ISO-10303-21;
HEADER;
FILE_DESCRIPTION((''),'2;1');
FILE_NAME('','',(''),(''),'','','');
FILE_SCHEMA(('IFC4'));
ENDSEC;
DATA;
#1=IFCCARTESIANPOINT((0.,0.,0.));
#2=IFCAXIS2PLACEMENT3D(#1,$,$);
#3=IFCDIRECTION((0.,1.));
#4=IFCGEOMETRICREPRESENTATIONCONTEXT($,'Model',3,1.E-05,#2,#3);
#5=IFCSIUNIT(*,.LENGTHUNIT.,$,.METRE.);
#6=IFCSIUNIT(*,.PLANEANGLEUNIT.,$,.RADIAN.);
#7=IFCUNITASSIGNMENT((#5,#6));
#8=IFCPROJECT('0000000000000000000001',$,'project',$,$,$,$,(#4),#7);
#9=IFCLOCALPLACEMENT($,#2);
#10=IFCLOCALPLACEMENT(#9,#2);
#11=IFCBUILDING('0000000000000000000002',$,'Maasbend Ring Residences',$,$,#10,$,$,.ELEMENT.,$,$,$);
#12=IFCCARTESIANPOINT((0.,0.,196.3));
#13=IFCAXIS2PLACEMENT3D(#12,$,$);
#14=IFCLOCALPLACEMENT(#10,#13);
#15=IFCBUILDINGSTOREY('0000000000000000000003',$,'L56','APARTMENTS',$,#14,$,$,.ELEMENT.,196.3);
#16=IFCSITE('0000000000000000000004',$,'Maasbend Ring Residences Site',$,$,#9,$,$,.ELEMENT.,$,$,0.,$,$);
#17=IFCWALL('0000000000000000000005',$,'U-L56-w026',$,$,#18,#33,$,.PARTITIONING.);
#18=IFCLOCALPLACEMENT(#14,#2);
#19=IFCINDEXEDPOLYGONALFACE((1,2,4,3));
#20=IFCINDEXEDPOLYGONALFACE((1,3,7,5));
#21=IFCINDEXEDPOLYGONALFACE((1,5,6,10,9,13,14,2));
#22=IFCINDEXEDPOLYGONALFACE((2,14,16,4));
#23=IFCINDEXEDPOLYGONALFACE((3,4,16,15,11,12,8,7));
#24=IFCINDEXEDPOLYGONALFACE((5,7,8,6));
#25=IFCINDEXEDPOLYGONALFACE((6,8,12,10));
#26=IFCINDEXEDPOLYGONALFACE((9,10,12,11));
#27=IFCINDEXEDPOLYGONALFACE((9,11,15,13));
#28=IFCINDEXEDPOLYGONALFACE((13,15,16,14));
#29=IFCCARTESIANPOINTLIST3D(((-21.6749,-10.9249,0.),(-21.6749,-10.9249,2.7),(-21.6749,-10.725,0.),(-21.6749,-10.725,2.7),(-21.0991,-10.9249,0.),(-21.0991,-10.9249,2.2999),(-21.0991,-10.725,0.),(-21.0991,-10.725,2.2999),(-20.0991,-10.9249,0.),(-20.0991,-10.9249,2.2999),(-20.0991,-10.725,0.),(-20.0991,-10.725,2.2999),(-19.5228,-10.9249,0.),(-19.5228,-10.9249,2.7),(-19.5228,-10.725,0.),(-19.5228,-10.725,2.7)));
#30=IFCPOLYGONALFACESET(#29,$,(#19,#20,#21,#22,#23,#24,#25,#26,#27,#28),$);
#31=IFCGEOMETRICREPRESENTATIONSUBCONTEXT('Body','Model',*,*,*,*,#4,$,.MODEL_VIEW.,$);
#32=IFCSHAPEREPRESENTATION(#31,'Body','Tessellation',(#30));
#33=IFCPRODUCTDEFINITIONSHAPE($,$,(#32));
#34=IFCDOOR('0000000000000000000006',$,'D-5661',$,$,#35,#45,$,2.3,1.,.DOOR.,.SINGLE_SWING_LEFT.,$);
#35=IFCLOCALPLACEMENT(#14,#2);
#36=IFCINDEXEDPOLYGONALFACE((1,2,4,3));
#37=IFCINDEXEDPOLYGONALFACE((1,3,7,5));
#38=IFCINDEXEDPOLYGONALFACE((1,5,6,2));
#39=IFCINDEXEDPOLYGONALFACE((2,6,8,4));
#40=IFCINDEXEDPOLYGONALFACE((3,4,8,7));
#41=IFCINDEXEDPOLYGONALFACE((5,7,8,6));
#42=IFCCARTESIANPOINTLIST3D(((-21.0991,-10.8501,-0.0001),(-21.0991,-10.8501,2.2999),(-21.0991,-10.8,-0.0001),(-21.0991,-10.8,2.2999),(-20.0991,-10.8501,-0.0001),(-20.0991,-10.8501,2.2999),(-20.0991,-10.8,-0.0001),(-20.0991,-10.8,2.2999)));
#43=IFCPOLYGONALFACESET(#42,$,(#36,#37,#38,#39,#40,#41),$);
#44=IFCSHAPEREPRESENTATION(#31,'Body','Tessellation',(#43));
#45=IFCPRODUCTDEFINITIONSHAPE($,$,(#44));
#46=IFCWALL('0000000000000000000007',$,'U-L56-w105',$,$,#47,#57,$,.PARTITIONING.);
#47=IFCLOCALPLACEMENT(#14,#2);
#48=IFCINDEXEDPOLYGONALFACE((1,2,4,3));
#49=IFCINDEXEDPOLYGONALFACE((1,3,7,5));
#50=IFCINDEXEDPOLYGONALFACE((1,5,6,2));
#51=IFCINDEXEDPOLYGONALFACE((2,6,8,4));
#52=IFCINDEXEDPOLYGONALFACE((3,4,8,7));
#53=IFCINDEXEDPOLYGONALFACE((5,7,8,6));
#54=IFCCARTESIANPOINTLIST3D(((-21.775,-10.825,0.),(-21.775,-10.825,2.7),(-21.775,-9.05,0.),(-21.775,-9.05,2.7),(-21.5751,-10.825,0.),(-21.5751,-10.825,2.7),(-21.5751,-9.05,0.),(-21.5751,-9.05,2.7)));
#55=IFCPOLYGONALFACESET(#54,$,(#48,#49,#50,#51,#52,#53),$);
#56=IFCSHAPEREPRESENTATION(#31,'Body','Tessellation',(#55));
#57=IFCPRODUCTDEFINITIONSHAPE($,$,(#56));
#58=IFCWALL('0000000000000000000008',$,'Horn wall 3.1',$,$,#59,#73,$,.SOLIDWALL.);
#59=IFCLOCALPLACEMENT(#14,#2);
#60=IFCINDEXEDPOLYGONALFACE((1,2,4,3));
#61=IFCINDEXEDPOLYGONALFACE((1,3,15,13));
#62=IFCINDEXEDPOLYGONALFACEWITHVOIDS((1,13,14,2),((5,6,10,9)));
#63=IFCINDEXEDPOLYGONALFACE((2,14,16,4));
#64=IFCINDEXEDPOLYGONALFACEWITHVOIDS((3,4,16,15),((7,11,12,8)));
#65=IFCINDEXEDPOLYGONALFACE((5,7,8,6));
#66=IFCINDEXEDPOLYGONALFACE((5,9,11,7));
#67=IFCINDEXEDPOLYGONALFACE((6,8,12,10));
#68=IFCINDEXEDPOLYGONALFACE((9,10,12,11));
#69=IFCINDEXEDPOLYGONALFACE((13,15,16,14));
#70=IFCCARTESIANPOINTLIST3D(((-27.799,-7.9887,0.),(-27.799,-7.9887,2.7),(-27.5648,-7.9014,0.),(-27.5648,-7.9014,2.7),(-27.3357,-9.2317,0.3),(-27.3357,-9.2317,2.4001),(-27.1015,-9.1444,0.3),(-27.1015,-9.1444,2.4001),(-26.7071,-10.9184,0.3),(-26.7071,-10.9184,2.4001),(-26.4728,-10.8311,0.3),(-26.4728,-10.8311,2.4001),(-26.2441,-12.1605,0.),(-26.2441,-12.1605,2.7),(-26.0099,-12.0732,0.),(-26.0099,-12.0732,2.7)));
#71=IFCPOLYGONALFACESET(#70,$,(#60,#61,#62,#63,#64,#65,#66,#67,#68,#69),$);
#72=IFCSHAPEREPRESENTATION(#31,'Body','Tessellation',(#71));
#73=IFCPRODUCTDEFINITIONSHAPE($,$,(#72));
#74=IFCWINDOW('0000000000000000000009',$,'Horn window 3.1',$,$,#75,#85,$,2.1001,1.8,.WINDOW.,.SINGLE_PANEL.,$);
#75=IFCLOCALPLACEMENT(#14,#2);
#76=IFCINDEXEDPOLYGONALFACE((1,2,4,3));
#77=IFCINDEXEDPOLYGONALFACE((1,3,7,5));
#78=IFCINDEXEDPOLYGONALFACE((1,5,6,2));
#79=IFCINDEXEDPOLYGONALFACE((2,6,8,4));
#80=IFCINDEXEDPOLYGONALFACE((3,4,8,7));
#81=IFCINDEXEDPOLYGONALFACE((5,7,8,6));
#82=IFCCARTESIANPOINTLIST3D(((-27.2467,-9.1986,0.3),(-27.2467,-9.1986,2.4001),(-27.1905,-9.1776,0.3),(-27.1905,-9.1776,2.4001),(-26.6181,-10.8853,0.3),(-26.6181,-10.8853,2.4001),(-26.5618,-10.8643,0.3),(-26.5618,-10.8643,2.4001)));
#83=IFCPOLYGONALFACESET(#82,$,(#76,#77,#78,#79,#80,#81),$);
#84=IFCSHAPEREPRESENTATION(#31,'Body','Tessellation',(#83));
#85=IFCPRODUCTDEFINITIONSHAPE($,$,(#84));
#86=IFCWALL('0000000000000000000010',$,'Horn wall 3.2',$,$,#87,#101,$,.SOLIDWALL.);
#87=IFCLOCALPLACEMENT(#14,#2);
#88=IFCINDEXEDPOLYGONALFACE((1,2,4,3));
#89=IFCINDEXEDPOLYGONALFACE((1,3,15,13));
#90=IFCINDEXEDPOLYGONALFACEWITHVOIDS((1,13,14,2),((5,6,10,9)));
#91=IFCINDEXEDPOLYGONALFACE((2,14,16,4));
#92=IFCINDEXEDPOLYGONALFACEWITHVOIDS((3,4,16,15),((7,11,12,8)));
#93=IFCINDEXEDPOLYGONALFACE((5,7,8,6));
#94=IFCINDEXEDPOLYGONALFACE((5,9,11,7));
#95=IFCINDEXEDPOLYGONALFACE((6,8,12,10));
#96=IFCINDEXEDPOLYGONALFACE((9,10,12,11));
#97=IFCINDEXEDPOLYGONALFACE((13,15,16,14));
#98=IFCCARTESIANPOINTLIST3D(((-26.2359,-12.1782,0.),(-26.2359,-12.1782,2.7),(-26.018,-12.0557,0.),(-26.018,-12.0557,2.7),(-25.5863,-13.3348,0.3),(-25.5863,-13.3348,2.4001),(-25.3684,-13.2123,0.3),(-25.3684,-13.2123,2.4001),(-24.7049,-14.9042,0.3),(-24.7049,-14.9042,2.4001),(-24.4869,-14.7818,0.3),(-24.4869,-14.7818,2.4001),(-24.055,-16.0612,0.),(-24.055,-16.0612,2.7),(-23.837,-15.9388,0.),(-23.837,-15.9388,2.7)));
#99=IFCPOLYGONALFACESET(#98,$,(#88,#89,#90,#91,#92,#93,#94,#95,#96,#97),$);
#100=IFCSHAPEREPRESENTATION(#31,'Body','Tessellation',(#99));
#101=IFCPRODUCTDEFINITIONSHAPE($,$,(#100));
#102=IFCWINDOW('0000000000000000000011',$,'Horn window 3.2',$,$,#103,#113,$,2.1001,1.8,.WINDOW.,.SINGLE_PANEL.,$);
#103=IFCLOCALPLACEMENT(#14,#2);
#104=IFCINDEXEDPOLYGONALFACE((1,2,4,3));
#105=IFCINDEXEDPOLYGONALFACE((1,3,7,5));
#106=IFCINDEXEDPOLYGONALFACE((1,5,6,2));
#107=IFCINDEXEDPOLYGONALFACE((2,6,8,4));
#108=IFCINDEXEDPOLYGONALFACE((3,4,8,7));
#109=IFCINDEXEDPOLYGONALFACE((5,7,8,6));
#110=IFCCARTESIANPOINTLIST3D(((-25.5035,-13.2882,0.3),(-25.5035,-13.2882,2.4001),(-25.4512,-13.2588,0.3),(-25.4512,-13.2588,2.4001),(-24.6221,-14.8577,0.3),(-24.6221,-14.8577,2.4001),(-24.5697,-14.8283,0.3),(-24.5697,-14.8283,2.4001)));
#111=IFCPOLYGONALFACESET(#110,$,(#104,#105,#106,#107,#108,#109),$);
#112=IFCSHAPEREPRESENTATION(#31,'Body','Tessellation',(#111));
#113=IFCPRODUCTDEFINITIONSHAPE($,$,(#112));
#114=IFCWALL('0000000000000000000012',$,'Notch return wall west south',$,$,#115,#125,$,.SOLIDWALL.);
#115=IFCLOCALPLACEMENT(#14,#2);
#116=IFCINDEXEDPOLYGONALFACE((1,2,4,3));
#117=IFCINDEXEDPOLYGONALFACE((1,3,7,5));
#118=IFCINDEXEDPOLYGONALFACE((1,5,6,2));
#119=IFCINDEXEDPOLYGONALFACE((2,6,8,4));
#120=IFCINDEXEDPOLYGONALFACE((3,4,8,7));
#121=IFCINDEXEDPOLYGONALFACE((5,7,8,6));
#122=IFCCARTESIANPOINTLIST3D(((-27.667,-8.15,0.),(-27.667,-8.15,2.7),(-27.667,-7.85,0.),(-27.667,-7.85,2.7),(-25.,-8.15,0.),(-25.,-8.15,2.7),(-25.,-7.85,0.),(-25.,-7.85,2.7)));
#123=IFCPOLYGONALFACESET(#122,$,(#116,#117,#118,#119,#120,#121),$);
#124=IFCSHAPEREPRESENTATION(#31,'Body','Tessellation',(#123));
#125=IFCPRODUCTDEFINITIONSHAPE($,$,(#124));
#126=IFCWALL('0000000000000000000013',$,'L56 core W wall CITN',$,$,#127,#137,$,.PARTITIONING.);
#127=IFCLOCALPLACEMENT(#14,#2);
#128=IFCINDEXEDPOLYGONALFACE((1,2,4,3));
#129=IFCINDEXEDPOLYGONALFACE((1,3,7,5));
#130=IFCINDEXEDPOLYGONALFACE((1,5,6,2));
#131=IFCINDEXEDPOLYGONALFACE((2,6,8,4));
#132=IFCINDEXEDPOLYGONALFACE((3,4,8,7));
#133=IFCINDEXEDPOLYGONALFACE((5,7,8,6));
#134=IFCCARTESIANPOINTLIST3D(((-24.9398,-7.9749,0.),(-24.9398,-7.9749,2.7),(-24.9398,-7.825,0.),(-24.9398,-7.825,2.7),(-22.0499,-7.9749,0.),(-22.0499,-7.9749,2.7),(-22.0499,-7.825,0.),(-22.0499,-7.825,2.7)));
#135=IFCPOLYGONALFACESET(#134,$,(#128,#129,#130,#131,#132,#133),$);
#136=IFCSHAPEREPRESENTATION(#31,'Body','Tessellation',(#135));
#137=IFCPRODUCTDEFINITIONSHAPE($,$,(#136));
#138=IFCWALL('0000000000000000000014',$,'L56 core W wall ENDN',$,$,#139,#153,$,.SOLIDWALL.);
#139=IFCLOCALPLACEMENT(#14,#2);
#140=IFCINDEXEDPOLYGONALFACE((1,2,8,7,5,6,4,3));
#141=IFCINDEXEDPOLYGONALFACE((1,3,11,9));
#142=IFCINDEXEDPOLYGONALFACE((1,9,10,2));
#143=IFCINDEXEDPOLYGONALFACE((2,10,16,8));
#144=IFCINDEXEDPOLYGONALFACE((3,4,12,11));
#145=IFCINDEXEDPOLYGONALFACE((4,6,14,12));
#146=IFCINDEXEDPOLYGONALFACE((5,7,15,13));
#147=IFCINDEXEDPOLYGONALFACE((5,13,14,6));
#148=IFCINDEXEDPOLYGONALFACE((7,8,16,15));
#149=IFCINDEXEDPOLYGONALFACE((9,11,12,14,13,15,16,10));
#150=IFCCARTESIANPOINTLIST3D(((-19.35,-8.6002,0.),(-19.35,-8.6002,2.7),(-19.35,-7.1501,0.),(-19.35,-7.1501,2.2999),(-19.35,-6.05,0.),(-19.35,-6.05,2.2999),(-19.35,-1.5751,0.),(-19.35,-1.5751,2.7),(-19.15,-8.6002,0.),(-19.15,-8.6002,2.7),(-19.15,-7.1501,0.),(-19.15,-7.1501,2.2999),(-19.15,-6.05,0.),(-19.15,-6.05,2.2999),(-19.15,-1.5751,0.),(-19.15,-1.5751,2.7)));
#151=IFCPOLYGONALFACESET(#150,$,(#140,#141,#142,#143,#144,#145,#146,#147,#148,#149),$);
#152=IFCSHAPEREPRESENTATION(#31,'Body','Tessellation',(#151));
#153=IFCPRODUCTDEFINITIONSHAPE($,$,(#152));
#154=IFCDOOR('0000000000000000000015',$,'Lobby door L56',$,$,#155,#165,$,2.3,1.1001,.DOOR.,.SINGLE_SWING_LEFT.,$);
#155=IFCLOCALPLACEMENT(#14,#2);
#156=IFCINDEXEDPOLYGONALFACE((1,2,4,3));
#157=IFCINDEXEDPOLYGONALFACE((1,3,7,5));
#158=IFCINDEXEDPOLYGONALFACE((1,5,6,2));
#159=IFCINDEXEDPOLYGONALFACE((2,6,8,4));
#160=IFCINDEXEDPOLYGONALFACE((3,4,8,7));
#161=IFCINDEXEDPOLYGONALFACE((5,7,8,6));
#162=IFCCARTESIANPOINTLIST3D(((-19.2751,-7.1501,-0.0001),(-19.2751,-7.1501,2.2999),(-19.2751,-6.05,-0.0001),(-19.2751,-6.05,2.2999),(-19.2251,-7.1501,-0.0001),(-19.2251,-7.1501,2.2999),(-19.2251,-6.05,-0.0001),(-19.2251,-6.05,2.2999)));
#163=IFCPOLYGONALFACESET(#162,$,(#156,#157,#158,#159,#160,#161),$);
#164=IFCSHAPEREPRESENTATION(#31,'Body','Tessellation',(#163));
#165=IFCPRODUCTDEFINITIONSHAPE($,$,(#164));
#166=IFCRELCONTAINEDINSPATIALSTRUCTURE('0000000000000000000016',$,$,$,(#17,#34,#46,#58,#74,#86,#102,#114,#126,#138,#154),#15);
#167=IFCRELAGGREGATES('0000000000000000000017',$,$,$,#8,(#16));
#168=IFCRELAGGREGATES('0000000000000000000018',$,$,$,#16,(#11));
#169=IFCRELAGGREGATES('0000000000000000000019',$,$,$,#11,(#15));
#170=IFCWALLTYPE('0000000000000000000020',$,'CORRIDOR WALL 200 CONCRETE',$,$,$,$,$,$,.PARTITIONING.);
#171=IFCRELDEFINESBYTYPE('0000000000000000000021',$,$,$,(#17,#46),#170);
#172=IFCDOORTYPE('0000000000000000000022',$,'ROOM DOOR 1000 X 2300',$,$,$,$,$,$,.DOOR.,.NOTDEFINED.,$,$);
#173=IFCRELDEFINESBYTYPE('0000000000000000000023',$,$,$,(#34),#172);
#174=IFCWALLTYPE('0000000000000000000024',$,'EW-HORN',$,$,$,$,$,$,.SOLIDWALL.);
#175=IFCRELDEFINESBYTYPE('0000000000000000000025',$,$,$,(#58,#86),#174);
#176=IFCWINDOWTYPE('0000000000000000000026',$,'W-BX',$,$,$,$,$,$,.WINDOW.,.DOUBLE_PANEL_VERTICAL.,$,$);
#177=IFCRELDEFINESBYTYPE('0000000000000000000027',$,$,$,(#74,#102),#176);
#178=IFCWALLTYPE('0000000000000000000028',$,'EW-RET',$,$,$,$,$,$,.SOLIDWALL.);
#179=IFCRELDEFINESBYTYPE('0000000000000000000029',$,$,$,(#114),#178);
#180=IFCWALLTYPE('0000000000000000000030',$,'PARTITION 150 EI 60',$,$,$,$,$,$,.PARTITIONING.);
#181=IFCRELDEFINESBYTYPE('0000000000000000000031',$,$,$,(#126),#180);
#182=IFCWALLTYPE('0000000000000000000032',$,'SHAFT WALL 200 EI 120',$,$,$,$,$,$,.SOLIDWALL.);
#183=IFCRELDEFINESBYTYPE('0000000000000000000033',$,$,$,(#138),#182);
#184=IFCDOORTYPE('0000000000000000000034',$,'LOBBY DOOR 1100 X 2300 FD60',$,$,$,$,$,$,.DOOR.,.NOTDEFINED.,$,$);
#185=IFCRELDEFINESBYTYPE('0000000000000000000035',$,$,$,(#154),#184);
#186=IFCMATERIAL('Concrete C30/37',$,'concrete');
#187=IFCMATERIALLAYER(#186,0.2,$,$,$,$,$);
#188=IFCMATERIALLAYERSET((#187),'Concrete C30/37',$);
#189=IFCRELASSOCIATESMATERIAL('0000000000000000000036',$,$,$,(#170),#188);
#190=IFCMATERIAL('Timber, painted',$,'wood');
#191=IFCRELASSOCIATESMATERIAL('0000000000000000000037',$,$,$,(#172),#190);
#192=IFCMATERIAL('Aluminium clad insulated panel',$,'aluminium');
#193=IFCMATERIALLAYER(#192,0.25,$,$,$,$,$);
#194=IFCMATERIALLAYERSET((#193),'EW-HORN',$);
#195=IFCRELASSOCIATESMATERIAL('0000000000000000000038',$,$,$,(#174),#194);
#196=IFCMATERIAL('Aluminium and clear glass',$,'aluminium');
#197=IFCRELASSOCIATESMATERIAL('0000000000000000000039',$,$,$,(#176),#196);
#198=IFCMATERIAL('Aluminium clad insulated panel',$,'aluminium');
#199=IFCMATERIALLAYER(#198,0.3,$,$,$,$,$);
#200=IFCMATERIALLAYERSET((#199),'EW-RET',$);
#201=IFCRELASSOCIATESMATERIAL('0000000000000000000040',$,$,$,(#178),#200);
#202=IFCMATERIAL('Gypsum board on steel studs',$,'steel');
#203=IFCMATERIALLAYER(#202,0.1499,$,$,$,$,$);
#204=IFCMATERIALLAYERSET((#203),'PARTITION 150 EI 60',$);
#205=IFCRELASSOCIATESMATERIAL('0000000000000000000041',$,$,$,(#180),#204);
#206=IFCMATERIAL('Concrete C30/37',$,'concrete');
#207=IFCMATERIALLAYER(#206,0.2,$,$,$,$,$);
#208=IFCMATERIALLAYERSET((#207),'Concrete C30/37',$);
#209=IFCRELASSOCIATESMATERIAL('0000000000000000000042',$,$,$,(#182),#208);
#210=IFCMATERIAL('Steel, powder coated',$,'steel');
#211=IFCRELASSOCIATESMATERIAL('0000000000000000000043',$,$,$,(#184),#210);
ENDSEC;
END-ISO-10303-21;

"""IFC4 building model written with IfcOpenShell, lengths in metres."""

from ifc_helpers import new_model, si_unit, direction, frame, frame_2d, origin, place, context, subcontext, project, spatial, rectangle, extrude, material, layer, layer_set, type_object, element, fill, save


model = new_model("IFC4")

# Units and contexts
model_context = context("Model", 3, precision=1e-05, world=origin(), true_north=direction((0.0, 1.0)))
body_context = subcontext(model_context, "Body", "Model", "MODEL_VIEW")
ifc_project = project(units=[si_unit("LENGTHUNIT", "METRE"), si_unit("PLANEANGLEUNIT", "RADIAN")], contexts=[model_context])

# Site, building, storey
site_placement = place(None, origin())
site = spatial("IfcSite", under=ifc_project, at=site_placement, Name="Maasbend Ring Residences Site", CompositionType="ELEMENT", RefElevation=0.0)
building_placement = place(site_placement, origin())
building = spatial("IfcBuilding", under=site, at=building_placement, Name="Maasbend Ring Residences", CompositionType="ELEMENT")
storey_placement = place(building_placement, frame((0.0, 0.0, 196.3)))
storey = spatial("IfcBuildingStorey", under=building, at=storey_placement, Name="L56", Description="APARTMENTS", CompositionType="ELEMENT", Elevation=196.3)

# Shared definitions
ifc_material_1 = material(Name="Concrete C30/37", Category="concrete")
ifc_layer_1 = layer(ifc_material_1, 0.2)
ifc_layer_set_1 = layer_set([ifc_layer_1], Name="Concrete C30/37")
wall_type_1 = type_object("IfcWallType", Name="CORRIDOR WALL 200 CONCRETE", PredefinedType="PARTITIONING", material=ifc_layer_set_1)

# Wall, opening, door
wall_1_placement = place(storey_placement, frame((-21.675, -10.825, 0.0), z_axis=(0.0, 0.0, 1.0), x_axis=(1.0, 0.0, 0.0)))
wall_1 = element("IfcWall", 1, at=wall_1_placement, inside=storey, type_object=wall_type_1, Name="U-L56-w026", PredefinedType="PARTITIONING", context=body_context, shape_type="SweptSolid", body=[
    extrude(rectangle(XDim=2.1521, YDim=0.2, at=frame_2d((1.0762, 0.0))), origin(), (0.0, 0.0, 1.0), 2.7),
])
opening_1_placement = place(wall_1_placement, frame((0.5759, 0.0, 0.0)))
opening_1 = element("IfcOpeningElement", 2, at=opening_1_placement, cuts=wall_1, PredefinedType="OPENING", context=body_context, shape_type="SweptSolid", body=[
    extrude(rectangle(XDim=1.0, YDim=2.3, at=frame_2d((0.5, 1.1499))), frame((0.0, 0.1099, 0.0), z_axis=(0.0, -1.0, 0.0), x_axis=(1.0, 0.0, 0.0)), (0.0, 0.0, 1.0), 0.22),
])
ifc_material_2 = material(Name="Timber, painted", Category="wood")
door_type_1 = type_object("IfcDoorType", Name="ROOM DOOR 1000 X 2300", OperationType="NOTDEFINED", PredefinedType="DOOR", material=ifc_material_2)
door_1_placement = place(opening_1_placement, origin())
door_1 = element("IfcDoor", 3, at=door_1_placement, inside=storey, type_object=door_type_1, Name="D-5661", OperationType="SINGLE_SWING_LEFT", OverallHeight=2.3, OverallWidth=1.0, PredefinedType="DOOR", context=body_context, shape_type="SweptSolid", body=[
    extrude(rectangle(XDim=1.0, YDim=2.3, at=frame_2d((0.5, 1.1499))), frame((0.0, 0.0249, 0.0), z_axis=(0.0, -1.0, 0.0), x_axis=(1.0, 0.0, 0.0)), (0.0, 0.0, 1.0), 0.05),
])
fill(opening_1, door_1)

# Wall
wall_2_placement = place(storey_placement, frame((-21.675, -10.825, 0.0), z_axis=(0.0, 0.0, 1.0), x_axis=(0.0, 1.0, 0.0)))
element("IfcWall", 4, at=wall_2_placement, inside=storey, type_object=wall_type_1, Name="U-L56-w105", PredefinedType="PARTITIONING", context=body_context, shape_type="SweptSolid", body=[
    extrude(rectangle(XDim=1.7749, YDim=0.2, at=frame_2d((0.8875, 0.0))), origin(), (0.0, 0.0, 1.0), 2.7),
])

# Walls, openings, windows
ifc_material_3 = material(Name="Aluminium clad insulated panel", Category="aluminium")
ifc_layer_2 = layer(ifc_material_3, 0.25)
ifc_layer_set_2 = layer_set([ifc_layer_2], Name="EW-HORN")
wall_type_2 = type_object("IfcWallType", Name="EW-HORN", PredefinedType="SOLIDWALL", material=ifc_layer_set_2)
wall_3_placement = place(storey_placement, frame((-27.6819, -7.9451, 0.0), z_axis=(0.0, 0.0, 1.0), x_axis=(0.349248, -0.93703, 0.0)))
wall_3 = element("IfcWall", 5, at=wall_3_placement, inside=storey, type_object=wall_type_2, Name="Horn wall 3.1", PredefinedType="SOLIDWALL", context=body_context, shape_type="SweptSolid", body=[
    extrude(rectangle(XDim=4.4521, YDim=0.25, at=frame_2d((2.2261, 0.0))), origin(), (0.0, 0.0, 1.0), 2.7),
])
opening_2_placement = place(wall_3_placement, frame((1.3267, 0.0, 0.3)))
opening_2 = element("IfcOpeningElement", 6, at=opening_2_placement, cuts=wall_3, PredefinedType="OPENING", context=body_context, shape_type="SweptSolid", body=[
    extrude(rectangle(XDim=1.8, YDim=2.1001, at=frame_2d((0.8999, 1.05))), frame((0.0, 0.135, 0.0), z_axis=(0.0, -1.0, 0.0), x_axis=(1.0, 0.0, 0.0)), (0.0, 0.0, 1.0), 0.27),
])
ifc_material_4 = material(Name="Aluminium and clear glass", Category="aluminium")
window_type = type_object("IfcWindowType", Name="W-BX", PartitioningType="DOUBLE_PANEL_VERTICAL", PredefinedType="WINDOW", material=ifc_material_4)
window_1_placement = place(opening_2_placement, origin())
window_1 = element("IfcWindow", 7, at=window_1_placement, inside=storey, type_object=window_type, Name="Horn window 3.1", OverallHeight=2.1001, OverallWidth=1.8, PartitioningType="SINGLE_PANEL", PredefinedType="WINDOW", context=body_context, shape_type="SweptSolid", body=[
    extrude(rectangle(XDim=1.8, YDim=2.1001, at=frame_2d((0.8999, 1.05))), frame((0.0, 0.03, 0.0), z_axis=(0.0, -1.0, 0.0), x_axis=(1.0, 0.0, 0.0)), (0.0, 0.0, 1.0), 0.0601),
])
fill(opening_2, window_1)
wall_4_placement = place(storey_placement, frame((-26.127, -12.1169, 0.0), z_axis=(0.0, 0.0, 1.0), x_axis=(0.489696, -0.871893, 0.0)))
wall_4 = element("IfcWall", 8, at=wall_4_placement, inside=storey, type_object=wall_type_2, Name="Horn wall 3.2", PredefinedType="SOLIDWALL", context=body_context, shape_type="SweptSolid", body=[
    extrude(rectangle(XDim=4.4536, YDim=0.25, at=frame_2d((2.2268, 0.0))), origin(), (0.0, 0.0, 1.0), 2.7),
])
opening_3_placement = place(wall_4_placement, frame((1.3267, 0.0, 0.3)))
opening_3 = element("IfcOpeningElement", 9, at=opening_3_placement, cuts=wall_4, PredefinedType="OPENING", context=body_context, shape_type="SweptSolid", body=[
    extrude(rectangle(XDim=1.8, YDim=2.1001, at=frame_2d((0.8999, 1.05))), frame((0.0, 0.135, 0.0), z_axis=(0.0, -1.0, 0.0), x_axis=(1.0, 0.0, 0.0)), (0.0, 0.0, 1.0), 0.27),
])
window_2_placement = place(opening_3_placement, origin())
window_2 = element("IfcWindow", 10, at=window_2_placement, inside=storey, type_object=window_type, Name="Horn window 3.2", OverallHeight=2.1001, OverallWidth=1.8, PartitioningType="SINGLE_PANEL", PredefinedType="WINDOW", context=body_context, shape_type="SweptSolid", body=[
    extrude(rectangle(XDim=1.8, YDim=2.1001, at=frame_2d((0.8999, 1.05))), frame((0.0, 0.03, 0.0), z_axis=(0.0, -1.0, 0.0), x_axis=(1.0, 0.0, 0.0)), (0.0, 0.0, 1.0), 0.0601),
])
fill(opening_3, window_2)

# Walls
ifc_material_5 = material(Name="Aluminium clad insulated panel", Category="aluminium")
ifc_layer_3 = layer(ifc_material_5, 0.3)
ifc_layer_set_3 = layer_set([ifc_layer_3], Name="EW-RET")
wall_type_3 = type_object("IfcWallType", Name="EW-RET", PredefinedType="SOLIDWALL", material=ifc_layer_set_3)
wall_5_placement = place(storey_placement, frame((-25.0, -8.0, 0.0), z_axis=(0.0, 0.0, 1.0), x_axis=(-1.0, 0.0, 0.0)))
element("IfcWall", 11, at=wall_5_placement, inside=storey, type_object=wall_type_3, Name="Notch return wall west south", PredefinedType="SOLIDWALL", context=body_context, shape_type="SweptSolid", body=[
    extrude(rectangle(XDim=2.667, YDim=0.3, at=frame_2d((1.3335, 0.0))), origin(), (0.0, 0.0, 1.0), 2.7),
])
ifc_material_6 = material(Name="Gypsum board on steel studs", Category="steel")
ifc_layer_4 = layer(ifc_material_6, 0.1499)
ifc_layer_set_4 = layer_set([ifc_layer_4], Name="PARTITION 150 EI 60")
wall_type_4 = type_object("IfcWallType", Name="PARTITION 150 EI 60", PredefinedType="PARTITIONING", material=ifc_layer_set_4)
wall_6_placement = place(storey_placement, frame((-22.05, -7.8999, 0.0), z_axis=(0.0, 0.0, 1.0), x_axis=(-1.0, 0.0, 0.0)))
element("IfcWall", 12, at=wall_6_placement, inside=storey, type_object=wall_type_4, Name="L56 core W wall CITN", PredefinedType="PARTITIONING", context=body_context, shape_type="SweptSolid", body=[
    extrude(rectangle(XDim=2.8899, YDim=0.1499, at=frame_2d((1.4448, 0.0))), origin(), (0.0, 0.0, 1.0), 2.7),
])

# Wall, opening, door
ifc_material_7 = material(Name="Concrete C30/37", Category="concrete")
ifc_layer_5 = layer(ifc_material_7, 0.2)
ifc_layer_set_5 = layer_set([ifc_layer_5], Name="Concrete C30/37")
wall_type_5 = type_object("IfcWallType", Name="SHAFT WALL 200 EI 120", PredefinedType="SOLIDWALL", material=ifc_layer_set_5)
wall_7_placement = place(storey_placement, frame((-19.25, -1.575, 0.0), z_axis=(0.0, 0.0, 1.0), x_axis=(0.0, -1.0, 0.0)))
wall_7 = element("IfcWall", 13, at=wall_7_placement, inside=storey, type_object=wall_type_5, Name="L56 core W wall ENDN", PredefinedType="SOLIDWALL", context=body_context, shape_type="SweptSolid", body=[
    extrude(rectangle(XDim=7.0251, YDim=0.2, at=frame_2d((3.5127, 0.0))), origin(), (0.0, 0.0, 1.0), 2.7),
])
opening_4_placement = place(wall_7_placement, frame((4.4751, 0.0, 0.0)))
opening_4 = element("IfcOpeningElement", 14, at=opening_4_placement, cuts=wall_7, PredefinedType="OPENING", context=body_context, shape_type="SweptSolid", body=[
    extrude(rectangle(XDim=1.1001, YDim=2.3, at=frame_2d((0.55, 1.1499))), frame((0.0, 0.1099, 0.0), z_axis=(0.0, -1.0, 0.0), x_axis=(1.0, 0.0, 0.0)), (0.0, 0.0, 1.0), 0.22),
])
ifc_material_8 = material(Name="Steel, powder coated", Category="steel")
door_type_2 = type_object("IfcDoorType", Name="LOBBY DOOR 1100 X 2300 FD60", OperationType="NOTDEFINED", PredefinedType="DOOR", material=ifc_material_8)
door_2_placement = place(opening_4_placement, origin())
door_2 = element("IfcDoor", 15, at=door_2_placement, inside=storey, type_object=door_type_2, Name="Lobby door L56", OperationType="SINGLE_SWING_LEFT", OverallHeight=2.3, OverallWidth=1.1001, PredefinedType="DOOR", context=body_context, shape_type="SweptSolid", body=[
    extrude(rectangle(XDim=1.1001, YDim=2.3, at=frame_2d((0.55, 1.1499))), frame((0.0, 0.0249, 0.0), z_axis=(0.0, -1.0, 0.0), x_axis=(1.0, 0.0, 0.0)), (0.0, 0.0, 1.0), 0.05),
])
fill(opening_4, door_2)

save(model, "model.ifc")
